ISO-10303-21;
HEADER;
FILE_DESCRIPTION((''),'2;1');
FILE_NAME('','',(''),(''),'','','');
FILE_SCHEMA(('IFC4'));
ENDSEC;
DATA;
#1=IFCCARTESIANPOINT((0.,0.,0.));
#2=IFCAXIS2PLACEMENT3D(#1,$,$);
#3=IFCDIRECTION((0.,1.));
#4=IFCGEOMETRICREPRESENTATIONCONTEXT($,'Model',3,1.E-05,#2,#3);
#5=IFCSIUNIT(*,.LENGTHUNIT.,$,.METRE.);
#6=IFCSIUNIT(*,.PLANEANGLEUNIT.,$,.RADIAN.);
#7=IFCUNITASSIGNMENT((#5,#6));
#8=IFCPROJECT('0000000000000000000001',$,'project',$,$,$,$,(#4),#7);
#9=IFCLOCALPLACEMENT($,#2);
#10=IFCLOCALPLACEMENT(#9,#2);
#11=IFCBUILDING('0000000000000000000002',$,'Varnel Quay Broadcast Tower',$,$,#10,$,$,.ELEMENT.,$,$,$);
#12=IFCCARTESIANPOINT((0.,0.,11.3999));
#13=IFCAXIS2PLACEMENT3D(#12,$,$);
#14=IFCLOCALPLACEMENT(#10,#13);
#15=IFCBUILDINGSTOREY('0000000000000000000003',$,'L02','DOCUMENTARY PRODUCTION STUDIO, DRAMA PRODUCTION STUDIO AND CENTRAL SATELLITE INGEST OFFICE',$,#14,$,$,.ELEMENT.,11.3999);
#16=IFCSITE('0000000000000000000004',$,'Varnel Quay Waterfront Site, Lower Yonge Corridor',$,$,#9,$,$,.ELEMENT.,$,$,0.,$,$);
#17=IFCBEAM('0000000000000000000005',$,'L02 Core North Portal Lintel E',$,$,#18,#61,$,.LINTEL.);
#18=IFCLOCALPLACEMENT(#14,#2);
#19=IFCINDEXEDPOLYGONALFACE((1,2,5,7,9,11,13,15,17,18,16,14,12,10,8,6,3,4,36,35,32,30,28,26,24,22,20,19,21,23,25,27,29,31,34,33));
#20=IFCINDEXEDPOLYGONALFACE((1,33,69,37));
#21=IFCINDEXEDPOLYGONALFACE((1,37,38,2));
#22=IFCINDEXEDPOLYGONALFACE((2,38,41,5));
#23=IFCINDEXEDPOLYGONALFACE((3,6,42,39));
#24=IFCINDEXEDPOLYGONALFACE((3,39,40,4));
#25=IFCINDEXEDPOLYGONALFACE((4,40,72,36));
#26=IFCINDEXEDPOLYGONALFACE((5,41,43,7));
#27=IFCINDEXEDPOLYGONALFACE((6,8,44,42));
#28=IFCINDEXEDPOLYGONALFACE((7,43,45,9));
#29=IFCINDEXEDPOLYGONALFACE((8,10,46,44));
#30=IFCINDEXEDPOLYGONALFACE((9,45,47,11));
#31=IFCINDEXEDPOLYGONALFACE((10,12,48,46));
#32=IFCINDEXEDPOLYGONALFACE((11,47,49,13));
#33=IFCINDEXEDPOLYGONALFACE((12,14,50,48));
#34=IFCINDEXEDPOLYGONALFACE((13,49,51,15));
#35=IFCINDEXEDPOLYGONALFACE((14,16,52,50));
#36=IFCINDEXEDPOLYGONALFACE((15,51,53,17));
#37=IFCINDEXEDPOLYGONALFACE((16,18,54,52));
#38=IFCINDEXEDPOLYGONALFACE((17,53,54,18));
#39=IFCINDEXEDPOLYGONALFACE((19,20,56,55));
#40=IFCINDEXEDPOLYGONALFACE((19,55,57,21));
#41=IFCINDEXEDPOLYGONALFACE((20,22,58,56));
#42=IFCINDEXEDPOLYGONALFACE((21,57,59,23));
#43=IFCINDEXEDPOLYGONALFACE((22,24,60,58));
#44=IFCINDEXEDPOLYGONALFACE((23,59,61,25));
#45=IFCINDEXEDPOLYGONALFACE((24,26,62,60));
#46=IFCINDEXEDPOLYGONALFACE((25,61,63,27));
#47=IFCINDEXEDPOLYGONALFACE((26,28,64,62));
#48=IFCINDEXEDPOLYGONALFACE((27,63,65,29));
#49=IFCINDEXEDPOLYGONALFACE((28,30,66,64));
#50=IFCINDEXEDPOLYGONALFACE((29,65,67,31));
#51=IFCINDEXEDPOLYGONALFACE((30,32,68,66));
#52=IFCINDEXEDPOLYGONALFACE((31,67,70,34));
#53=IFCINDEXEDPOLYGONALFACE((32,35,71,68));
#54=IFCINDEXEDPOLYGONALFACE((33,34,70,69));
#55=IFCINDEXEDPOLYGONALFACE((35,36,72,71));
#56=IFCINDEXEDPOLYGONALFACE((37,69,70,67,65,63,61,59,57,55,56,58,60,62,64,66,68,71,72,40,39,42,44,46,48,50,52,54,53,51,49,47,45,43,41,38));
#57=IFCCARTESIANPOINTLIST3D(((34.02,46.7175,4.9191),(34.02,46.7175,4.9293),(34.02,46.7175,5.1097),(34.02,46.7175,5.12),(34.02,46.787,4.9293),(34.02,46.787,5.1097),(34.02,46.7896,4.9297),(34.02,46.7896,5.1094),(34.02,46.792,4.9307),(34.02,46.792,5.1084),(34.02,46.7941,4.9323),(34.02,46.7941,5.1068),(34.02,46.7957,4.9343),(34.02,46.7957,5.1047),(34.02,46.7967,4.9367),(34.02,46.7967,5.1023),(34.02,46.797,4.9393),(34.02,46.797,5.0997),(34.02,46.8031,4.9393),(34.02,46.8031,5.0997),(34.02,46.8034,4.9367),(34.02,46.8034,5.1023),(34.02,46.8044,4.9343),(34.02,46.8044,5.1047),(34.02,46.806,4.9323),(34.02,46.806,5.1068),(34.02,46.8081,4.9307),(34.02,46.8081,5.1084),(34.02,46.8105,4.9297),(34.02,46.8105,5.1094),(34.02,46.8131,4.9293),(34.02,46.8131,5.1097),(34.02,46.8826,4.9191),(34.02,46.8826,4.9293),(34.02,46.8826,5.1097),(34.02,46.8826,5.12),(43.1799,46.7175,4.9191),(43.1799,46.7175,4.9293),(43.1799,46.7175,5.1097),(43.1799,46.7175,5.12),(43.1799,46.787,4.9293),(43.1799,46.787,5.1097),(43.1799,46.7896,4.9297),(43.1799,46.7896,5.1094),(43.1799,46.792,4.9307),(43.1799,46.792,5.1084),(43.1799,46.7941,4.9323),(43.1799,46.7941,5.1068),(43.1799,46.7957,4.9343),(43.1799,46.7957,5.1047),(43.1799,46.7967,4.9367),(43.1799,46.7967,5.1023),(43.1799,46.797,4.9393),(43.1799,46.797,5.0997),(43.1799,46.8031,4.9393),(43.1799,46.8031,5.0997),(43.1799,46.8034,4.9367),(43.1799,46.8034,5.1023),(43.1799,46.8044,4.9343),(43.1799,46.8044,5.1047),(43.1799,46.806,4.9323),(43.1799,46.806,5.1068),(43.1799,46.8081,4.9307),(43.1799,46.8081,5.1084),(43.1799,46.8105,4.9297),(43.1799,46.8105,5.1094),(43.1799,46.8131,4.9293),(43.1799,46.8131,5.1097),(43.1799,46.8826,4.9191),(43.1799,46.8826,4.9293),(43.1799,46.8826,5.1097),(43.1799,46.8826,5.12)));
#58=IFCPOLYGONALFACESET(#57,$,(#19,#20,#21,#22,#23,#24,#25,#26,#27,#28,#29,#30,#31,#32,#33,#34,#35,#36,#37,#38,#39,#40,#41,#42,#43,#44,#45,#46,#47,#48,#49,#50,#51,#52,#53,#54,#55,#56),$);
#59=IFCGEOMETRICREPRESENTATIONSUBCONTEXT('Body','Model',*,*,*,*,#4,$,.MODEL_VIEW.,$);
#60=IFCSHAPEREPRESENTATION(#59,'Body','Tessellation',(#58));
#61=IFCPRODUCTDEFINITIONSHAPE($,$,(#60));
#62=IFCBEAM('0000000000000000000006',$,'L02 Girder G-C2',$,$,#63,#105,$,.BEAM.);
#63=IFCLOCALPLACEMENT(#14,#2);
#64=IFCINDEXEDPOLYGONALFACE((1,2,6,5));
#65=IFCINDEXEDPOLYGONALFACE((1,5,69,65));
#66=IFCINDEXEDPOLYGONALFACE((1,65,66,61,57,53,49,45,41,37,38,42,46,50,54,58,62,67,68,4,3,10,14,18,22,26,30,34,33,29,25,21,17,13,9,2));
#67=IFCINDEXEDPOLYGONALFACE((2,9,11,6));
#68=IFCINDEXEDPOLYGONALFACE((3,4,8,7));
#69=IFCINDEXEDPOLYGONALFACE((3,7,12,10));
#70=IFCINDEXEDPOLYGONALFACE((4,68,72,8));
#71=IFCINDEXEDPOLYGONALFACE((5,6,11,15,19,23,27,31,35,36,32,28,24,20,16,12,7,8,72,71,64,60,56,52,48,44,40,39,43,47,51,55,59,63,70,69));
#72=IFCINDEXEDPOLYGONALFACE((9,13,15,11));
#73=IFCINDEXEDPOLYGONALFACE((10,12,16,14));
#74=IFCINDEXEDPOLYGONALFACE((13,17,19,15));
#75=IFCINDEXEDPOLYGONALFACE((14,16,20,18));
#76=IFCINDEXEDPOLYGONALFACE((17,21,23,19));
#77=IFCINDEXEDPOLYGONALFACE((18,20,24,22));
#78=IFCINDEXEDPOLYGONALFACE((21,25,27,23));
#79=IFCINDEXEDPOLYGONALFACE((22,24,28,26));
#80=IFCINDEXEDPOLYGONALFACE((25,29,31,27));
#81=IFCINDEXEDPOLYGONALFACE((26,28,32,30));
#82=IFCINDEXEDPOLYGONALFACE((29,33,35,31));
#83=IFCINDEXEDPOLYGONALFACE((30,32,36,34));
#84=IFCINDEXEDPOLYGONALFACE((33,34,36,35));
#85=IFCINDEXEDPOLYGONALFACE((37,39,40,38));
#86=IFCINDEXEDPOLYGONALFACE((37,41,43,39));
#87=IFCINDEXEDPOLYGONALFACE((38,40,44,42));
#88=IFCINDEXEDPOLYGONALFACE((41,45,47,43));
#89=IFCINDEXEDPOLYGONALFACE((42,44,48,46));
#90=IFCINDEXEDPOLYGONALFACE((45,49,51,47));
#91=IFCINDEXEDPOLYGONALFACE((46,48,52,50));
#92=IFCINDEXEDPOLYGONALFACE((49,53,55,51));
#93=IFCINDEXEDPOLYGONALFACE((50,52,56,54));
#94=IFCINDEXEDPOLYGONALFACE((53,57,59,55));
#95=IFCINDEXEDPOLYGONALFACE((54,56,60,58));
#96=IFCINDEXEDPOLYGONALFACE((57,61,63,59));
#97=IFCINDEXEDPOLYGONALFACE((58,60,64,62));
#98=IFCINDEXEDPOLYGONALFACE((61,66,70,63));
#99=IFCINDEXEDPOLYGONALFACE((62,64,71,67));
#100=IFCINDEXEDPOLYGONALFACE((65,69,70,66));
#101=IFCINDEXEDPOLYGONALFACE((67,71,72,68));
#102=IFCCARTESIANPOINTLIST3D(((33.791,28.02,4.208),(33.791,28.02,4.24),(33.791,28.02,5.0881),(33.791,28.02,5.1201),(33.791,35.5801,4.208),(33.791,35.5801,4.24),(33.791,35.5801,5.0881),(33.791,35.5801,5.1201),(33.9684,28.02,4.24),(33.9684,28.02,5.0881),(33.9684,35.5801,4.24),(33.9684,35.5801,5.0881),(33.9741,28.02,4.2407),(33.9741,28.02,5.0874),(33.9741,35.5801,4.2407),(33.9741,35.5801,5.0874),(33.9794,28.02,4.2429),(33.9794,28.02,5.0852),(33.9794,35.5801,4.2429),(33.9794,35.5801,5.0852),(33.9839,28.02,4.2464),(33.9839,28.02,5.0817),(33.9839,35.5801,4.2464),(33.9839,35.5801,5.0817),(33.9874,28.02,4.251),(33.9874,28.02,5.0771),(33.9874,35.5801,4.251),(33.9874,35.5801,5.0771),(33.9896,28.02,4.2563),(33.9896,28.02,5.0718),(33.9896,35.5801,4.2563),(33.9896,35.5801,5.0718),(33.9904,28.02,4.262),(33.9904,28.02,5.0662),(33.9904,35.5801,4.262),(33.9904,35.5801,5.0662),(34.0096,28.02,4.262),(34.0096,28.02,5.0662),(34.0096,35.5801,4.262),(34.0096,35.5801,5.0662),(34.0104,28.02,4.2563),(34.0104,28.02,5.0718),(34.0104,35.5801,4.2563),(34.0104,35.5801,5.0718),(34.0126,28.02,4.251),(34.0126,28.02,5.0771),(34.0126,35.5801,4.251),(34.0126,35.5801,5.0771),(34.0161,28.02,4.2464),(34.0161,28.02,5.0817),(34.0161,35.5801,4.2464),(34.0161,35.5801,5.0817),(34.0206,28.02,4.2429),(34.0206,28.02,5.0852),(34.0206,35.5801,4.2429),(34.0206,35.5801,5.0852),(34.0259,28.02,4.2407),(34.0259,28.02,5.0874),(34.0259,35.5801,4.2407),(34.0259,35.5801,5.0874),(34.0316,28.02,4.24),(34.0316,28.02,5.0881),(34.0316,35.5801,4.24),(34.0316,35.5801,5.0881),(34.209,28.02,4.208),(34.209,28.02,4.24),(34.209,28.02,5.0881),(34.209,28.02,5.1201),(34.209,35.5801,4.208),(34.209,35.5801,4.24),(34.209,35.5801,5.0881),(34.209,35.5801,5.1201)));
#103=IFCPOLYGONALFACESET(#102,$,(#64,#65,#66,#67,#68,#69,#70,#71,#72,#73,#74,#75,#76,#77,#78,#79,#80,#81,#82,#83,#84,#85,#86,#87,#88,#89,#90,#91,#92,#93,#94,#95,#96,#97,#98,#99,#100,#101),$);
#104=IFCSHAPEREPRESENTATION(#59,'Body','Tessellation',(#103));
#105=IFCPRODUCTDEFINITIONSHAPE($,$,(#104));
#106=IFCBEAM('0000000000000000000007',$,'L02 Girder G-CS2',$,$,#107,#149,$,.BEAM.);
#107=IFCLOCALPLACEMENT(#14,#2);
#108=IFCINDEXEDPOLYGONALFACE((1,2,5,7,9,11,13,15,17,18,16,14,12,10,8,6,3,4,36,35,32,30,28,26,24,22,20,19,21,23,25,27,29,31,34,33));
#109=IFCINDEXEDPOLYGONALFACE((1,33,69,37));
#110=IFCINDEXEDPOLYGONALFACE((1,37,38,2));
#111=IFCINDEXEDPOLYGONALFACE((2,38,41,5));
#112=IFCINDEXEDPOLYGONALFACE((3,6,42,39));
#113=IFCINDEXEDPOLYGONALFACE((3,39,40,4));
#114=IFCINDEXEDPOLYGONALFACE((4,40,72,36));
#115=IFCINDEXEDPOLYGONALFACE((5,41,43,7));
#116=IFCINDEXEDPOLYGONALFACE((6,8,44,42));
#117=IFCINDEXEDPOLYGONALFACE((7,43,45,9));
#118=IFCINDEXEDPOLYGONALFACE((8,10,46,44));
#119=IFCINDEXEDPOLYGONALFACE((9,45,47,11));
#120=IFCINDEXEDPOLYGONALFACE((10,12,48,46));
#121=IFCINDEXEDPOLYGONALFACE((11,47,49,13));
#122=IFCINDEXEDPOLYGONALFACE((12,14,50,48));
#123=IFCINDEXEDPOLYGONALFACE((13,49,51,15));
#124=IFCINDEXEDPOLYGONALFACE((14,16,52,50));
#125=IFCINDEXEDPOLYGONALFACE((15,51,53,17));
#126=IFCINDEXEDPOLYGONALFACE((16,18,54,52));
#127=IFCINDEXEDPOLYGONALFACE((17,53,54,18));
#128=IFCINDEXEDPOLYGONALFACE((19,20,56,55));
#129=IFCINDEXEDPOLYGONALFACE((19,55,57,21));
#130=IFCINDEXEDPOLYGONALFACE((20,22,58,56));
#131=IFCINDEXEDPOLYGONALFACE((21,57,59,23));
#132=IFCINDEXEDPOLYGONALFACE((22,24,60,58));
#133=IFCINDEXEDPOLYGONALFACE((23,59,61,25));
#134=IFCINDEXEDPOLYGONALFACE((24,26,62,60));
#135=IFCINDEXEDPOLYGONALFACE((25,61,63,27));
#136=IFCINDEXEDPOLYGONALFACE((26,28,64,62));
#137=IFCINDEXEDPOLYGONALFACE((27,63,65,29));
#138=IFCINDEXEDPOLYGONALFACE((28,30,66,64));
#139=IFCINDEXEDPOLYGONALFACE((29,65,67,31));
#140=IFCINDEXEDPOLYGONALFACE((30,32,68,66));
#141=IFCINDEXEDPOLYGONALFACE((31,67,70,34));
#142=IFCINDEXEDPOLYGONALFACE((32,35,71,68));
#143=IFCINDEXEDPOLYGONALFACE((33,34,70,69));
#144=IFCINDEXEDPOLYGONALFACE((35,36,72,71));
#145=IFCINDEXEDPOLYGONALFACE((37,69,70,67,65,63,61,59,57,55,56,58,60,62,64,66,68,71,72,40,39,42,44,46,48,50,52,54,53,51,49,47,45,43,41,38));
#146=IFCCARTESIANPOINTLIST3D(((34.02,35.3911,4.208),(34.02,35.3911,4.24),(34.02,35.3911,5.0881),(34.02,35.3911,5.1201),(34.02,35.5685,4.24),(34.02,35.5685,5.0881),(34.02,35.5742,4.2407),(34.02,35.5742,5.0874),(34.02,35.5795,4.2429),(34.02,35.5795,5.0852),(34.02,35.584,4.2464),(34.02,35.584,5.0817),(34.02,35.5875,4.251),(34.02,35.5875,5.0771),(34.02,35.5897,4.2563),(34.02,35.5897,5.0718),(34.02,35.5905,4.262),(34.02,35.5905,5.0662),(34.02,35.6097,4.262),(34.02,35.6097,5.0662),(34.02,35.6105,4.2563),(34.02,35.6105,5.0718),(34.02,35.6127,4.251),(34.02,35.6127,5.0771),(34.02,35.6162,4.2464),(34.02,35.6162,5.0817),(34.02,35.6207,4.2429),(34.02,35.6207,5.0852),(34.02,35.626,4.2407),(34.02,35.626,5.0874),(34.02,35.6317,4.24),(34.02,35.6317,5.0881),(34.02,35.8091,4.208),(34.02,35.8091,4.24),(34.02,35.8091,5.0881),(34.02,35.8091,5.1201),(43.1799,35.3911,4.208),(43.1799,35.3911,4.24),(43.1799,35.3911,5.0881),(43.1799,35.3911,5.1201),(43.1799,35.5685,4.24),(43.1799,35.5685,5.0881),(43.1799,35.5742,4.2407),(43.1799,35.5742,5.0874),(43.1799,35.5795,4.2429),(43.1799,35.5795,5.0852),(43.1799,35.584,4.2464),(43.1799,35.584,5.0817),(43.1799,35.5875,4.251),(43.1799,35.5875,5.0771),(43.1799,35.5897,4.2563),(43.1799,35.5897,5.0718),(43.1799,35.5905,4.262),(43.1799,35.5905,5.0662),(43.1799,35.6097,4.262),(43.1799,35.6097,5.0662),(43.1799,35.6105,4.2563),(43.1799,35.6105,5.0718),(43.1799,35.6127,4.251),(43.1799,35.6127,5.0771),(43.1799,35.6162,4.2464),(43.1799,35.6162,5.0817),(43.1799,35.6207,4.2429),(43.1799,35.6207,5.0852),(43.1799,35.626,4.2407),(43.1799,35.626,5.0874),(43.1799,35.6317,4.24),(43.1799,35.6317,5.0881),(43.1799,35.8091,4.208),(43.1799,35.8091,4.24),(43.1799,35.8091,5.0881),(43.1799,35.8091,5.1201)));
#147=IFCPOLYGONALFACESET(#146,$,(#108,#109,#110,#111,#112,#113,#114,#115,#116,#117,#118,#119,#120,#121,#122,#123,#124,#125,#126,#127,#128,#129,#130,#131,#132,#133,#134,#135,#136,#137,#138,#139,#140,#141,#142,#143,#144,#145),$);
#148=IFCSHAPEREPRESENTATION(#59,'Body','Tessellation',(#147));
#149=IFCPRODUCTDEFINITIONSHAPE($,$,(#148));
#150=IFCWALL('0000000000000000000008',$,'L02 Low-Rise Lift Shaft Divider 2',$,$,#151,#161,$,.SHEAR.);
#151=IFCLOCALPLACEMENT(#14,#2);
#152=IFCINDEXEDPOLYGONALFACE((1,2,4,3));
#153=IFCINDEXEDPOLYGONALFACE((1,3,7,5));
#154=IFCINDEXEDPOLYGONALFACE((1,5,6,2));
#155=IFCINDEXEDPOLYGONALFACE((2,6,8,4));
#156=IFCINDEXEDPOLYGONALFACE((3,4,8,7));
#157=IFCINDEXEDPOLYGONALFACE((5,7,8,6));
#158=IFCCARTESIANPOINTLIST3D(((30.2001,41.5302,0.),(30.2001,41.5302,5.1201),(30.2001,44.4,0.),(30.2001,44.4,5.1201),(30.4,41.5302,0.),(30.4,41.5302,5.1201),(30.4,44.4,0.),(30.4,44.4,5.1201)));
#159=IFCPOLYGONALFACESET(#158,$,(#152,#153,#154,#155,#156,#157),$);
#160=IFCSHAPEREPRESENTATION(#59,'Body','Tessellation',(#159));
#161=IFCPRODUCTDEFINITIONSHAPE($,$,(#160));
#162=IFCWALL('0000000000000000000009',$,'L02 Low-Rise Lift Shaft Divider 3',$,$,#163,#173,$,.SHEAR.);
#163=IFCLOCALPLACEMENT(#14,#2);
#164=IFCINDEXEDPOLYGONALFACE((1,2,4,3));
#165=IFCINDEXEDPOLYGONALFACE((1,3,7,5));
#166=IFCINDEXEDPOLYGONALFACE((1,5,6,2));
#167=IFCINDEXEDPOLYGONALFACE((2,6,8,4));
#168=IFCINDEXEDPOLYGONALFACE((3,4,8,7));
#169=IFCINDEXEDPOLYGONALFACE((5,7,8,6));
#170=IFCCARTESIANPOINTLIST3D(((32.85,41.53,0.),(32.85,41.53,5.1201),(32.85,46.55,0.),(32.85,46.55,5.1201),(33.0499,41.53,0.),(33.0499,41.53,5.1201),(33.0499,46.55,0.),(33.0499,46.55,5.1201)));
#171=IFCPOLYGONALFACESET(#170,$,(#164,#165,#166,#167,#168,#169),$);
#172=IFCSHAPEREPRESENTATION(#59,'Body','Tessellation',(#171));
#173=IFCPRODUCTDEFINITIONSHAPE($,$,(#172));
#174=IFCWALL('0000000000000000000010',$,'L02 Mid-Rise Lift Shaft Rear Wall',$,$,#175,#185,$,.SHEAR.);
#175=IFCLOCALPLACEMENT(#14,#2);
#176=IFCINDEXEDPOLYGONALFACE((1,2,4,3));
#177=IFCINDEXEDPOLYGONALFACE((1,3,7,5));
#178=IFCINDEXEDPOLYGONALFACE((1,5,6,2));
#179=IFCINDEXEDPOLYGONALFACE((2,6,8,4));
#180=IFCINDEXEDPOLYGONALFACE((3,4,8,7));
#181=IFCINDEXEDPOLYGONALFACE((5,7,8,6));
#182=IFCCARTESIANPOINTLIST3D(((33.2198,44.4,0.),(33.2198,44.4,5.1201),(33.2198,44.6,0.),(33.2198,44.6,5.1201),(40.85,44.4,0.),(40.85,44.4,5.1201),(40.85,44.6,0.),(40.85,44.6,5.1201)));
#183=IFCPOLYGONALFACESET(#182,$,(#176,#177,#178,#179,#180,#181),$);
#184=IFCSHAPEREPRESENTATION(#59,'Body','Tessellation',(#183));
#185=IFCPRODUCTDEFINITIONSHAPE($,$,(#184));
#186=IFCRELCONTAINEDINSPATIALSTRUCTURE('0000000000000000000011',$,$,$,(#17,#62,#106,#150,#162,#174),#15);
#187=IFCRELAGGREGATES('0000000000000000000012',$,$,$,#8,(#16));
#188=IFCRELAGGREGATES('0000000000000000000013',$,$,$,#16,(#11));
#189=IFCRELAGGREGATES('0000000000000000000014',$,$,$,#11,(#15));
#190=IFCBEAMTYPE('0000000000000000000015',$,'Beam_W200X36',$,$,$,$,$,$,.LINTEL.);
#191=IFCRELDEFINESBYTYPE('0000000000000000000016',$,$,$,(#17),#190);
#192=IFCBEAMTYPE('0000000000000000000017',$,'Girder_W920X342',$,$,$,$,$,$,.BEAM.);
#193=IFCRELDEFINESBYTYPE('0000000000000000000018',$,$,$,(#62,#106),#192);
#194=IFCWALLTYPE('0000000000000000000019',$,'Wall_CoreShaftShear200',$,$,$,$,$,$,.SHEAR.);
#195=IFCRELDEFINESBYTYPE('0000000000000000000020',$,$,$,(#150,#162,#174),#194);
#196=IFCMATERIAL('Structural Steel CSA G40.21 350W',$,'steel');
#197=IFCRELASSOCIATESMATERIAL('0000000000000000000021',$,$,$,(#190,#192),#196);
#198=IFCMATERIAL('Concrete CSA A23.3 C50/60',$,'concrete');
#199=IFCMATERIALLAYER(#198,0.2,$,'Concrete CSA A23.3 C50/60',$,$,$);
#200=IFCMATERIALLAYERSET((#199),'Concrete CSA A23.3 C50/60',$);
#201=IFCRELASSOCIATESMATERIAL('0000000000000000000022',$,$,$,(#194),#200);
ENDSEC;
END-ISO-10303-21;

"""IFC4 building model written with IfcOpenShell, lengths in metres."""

from ifc_helpers import new_model, si_unit, direction, frame, frame_2d, origin, origin_2d, place, context, subcontext, project, spatial, rectangle, i_section, extrude, source, transform, mapped, material, layer, layer_set, material_profile, profile_set, type_object, type_shapes, element, save


model = new_model("IFC4")

# Units and contexts
model_context = context("Model", 3, precision=1e-05, world=origin(), true_north=direction((0.0, 1.0)))
body_context = subcontext(model_context, "Body", "Model", "MODEL_VIEW")
ifc_project = project(units=[si_unit("LENGTHUNIT", "METRE"), si_unit("PLANEANGLEUNIT", "RADIAN")], contexts=[model_context])

# Site, building, storey
site_placement = place(None, origin())
site = spatial("IfcSite", under=ifc_project, at=site_placement, Name="Varnel Quay Waterfront Site, Lower Yonge Corridor", CompositionType="ELEMENT", RefElevation=0.0)
building_placement = place(site_placement, origin())
building = spatial("IfcBuilding", under=site, at=building_placement, Name="Varnel Quay Broadcast Tower", CompositionType="ELEMENT")
storey_placement = place(building_placement, frame((0.0, 0.0, 11.3999)))
storey = spatial("IfcBuildingStorey", under=building, at=storey_placement, Name="L02", Description="DOCUMENTARY PRODUCTION STUDIO, DRAMA PRODUCTION STUDIO AND CENTRAL SATELLITE INGEST OFFICE", CompositionType="ELEMENT", Elevation=11.3999)

# Beams
ifc_material_1 = material(Name="Structural Steel CSA G40.21 350W", Category="steel")
ifc_material_profile_1 = material_profile(ifc_material_1, i_section(OverallWidth=0.165, OverallDepth=0.2009, WebThickness=0.0061, FlangeThickness=0.0103, FilletRadius=0.01, at=origin_2d()), Name="W200X36")
ifc_profile_set_1 = profile_set([ifc_material_profile_1], Name="Structural Steel CSA G40.21 350W")
beam_type_1 = type_object("IfcBeamType", Name="Beam_W200X36", PredefinedType="LINTEL", material=ifc_profile_set_1)
shared_shape_1 = source(origin(), body_context, "Body", "SweptSolid", [
    extrude(i_section(OverallWidth=0.165, OverallDepth=0.2009, WebThickness=0.0061, FlangeThickness=0.0103, FilletRadius=0.01, at=origin_2d()), origin(), (0.0, 0.0, 1.0), 9.1599),
])
type_shapes(beam_type_1, [shared_shape_1])
beam_1_placement = place(storey_placement, frame((34.02, 46.8, 5.0195), z_axis=(1.0, 0.0, 0.0), x_axis=(0.0, 1.0, 0.0)))
element("IfcBeam", 1, at=beam_1_placement, inside=storey, type_object=beam_type_1, Name="L02 Core North Portal Lintel E", PredefinedType="LINTEL", context=body_context, shape_type="MappedRepresentation", body=[
    mapped(shared_shape_1, transform((0.0, 0.0, 0.0), x_axis=(1.0, 0.0, 0.0), y_axis=(0.0, 1.0, 0.0), z_axis=(0.0, 0.0, 1.0), scale=1.0)),
])
ifc_material_profile_2 = material_profile(ifc_material_1, i_section(OverallWidth=0.418, OverallDepth=0.9121, WebThickness=0.0193, FlangeThickness=0.032, FilletRadius=0.022, at=origin_2d()), Name="W920X342")
ifc_profile_set_2 = profile_set([ifc_material_profile_2], Name="Structural Steel CSA G40.21 350W")
beam_type_2 = type_object("IfcBeamType", Name="Girder_W920X342", PredefinedType="BEAM", material=ifc_profile_set_2)
shared_shape_2 = source(origin(), body_context, "Body", "SweptSolid", [
    extrude(i_section(OverallWidth=0.418, OverallDepth=0.9121, WebThickness=0.0193, FlangeThickness=0.032, FilletRadius=0.022, at=origin_2d()), origin(), (0.0, 0.0, 1.0), 7.5601),
])
beam_2_placement = place(storey_placement, frame((34.0, 28.02, 4.6641), z_axis=(0.0, 1.0, 0.0), x_axis=(-1.0, 0.0, 0.0)))
element("IfcBeam", 2, at=beam_2_placement, inside=storey, type_object=beam_type_2, Name="L02 Girder G-C2", PredefinedType="BEAM", context=body_context, shape_type="MappedRepresentation", body=[
    mapped(shared_shape_2, transform((0.0, 0.0, 0.0), x_axis=(1.0, 0.0, 0.0), y_axis=(0.0, 1.0, 0.0), z_axis=(0.0, 0.0, 1.0), scale=1.0)),
])
shared_shape_3 = source(origin(), body_context, "Body", "SweptSolid", [
    extrude(i_section(OverallWidth=0.418, OverallDepth=0.9121, WebThickness=0.0193, FlangeThickness=0.032, FilletRadius=0.022, at=origin_2d()), origin(), (0.0, 0.0, 1.0), 9.1599),
])
type_shapes(beam_type_2, [shared_shape_2, shared_shape_3])
beam_3_placement = place(storey_placement, frame((34.02, 35.6001, 4.6641), z_axis=(1.0, 0.0, 0.0), x_axis=(0.0, 1.0, 0.0)))
element("IfcBeam", 3, at=beam_3_placement, inside=storey, type_object=beam_type_2, Name="L02 Girder G-CS2", PredefinedType="BEAM", context=body_context, shape_type="MappedRepresentation", body=[
    mapped(shared_shape_3, transform((0.0, 0.0, 0.0), x_axis=(1.0, 0.0, 0.0), y_axis=(0.0, 1.0, 0.0), z_axis=(0.0, 0.0, 1.0), scale=1.0)),
])

# Walls
ifc_material_2 = material(Name="Concrete CSA A23.3 C50/60", Category="concrete")
ifc_layer_1 = layer(ifc_material_2, 0.2, Name="Concrete CSA A23.3 C50/60")
ifc_layer_set_1 = layer_set([ifc_layer_1], Name="Concrete CSA A23.3 C50/60")
wall_type_1 = type_object("IfcWallType", Name="Wall_CoreShaftShear200", PredefinedType="SHEAR", material=ifc_layer_set_1)
wall_1_placement = place(storey_placement, frame((30.3, 41.53, 0.0), z_axis=(0.0, 0.0, 1.0), x_axis=(0.0, 1.0, 0.0)))
element("IfcWall", 4, at=wall_1_placement, inside=storey, type_object=wall_type_1, Name="L02 Low-Rise Lift Shaft Divider 2", PredefinedType="SHEAR", context=body_context, shape_type="SweptSolid", body=[
    extrude(rectangle(XDim=2.8699, YDim=0.2, at=frame_2d((1.4351, 0.0))), origin(), (0.0, 0.0, 1.0), 5.1201),
])
wall_2_placement = place(storey_placement, frame((32.95, 41.53, 0.0), z_axis=(0.0, 0.0, 1.0), x_axis=(0.0, 1.0, 0.0)))
element("IfcWall", 5, at=wall_2_placement, inside=storey, type_object=wall_type_1, Name="L02 Low-Rise Lift Shaft Divider 3", PredefinedType="SHEAR", context=body_context, shape_type="SweptSolid", body=[
    extrude(rectangle(XDim=5.02, YDim=0.2, at=frame_2d((2.51, 0.0))), origin(), (0.0, 0.0, 1.0), 5.1201),
])
wall_3_placement = place(storey_placement, frame((33.22, 44.5, 0.0), z_axis=(0.0, 0.0, 1.0), x_axis=(1.0, 0.0, 0.0)))
element("IfcWall", 6, at=wall_3_placement, inside=storey, type_object=wall_type_1, Name="L02 Mid-Rise Lift Shaft Rear Wall", PredefinedType="SHEAR", context=body_context, shape_type="SweptSolid", body=[
    extrude(rectangle(XDim=7.6301, YDim=0.2, at=frame_2d((3.8149, 0.0))), origin(), (0.0, 0.0, 1.0), 5.1201),
])

save(model, "model.ifc")
